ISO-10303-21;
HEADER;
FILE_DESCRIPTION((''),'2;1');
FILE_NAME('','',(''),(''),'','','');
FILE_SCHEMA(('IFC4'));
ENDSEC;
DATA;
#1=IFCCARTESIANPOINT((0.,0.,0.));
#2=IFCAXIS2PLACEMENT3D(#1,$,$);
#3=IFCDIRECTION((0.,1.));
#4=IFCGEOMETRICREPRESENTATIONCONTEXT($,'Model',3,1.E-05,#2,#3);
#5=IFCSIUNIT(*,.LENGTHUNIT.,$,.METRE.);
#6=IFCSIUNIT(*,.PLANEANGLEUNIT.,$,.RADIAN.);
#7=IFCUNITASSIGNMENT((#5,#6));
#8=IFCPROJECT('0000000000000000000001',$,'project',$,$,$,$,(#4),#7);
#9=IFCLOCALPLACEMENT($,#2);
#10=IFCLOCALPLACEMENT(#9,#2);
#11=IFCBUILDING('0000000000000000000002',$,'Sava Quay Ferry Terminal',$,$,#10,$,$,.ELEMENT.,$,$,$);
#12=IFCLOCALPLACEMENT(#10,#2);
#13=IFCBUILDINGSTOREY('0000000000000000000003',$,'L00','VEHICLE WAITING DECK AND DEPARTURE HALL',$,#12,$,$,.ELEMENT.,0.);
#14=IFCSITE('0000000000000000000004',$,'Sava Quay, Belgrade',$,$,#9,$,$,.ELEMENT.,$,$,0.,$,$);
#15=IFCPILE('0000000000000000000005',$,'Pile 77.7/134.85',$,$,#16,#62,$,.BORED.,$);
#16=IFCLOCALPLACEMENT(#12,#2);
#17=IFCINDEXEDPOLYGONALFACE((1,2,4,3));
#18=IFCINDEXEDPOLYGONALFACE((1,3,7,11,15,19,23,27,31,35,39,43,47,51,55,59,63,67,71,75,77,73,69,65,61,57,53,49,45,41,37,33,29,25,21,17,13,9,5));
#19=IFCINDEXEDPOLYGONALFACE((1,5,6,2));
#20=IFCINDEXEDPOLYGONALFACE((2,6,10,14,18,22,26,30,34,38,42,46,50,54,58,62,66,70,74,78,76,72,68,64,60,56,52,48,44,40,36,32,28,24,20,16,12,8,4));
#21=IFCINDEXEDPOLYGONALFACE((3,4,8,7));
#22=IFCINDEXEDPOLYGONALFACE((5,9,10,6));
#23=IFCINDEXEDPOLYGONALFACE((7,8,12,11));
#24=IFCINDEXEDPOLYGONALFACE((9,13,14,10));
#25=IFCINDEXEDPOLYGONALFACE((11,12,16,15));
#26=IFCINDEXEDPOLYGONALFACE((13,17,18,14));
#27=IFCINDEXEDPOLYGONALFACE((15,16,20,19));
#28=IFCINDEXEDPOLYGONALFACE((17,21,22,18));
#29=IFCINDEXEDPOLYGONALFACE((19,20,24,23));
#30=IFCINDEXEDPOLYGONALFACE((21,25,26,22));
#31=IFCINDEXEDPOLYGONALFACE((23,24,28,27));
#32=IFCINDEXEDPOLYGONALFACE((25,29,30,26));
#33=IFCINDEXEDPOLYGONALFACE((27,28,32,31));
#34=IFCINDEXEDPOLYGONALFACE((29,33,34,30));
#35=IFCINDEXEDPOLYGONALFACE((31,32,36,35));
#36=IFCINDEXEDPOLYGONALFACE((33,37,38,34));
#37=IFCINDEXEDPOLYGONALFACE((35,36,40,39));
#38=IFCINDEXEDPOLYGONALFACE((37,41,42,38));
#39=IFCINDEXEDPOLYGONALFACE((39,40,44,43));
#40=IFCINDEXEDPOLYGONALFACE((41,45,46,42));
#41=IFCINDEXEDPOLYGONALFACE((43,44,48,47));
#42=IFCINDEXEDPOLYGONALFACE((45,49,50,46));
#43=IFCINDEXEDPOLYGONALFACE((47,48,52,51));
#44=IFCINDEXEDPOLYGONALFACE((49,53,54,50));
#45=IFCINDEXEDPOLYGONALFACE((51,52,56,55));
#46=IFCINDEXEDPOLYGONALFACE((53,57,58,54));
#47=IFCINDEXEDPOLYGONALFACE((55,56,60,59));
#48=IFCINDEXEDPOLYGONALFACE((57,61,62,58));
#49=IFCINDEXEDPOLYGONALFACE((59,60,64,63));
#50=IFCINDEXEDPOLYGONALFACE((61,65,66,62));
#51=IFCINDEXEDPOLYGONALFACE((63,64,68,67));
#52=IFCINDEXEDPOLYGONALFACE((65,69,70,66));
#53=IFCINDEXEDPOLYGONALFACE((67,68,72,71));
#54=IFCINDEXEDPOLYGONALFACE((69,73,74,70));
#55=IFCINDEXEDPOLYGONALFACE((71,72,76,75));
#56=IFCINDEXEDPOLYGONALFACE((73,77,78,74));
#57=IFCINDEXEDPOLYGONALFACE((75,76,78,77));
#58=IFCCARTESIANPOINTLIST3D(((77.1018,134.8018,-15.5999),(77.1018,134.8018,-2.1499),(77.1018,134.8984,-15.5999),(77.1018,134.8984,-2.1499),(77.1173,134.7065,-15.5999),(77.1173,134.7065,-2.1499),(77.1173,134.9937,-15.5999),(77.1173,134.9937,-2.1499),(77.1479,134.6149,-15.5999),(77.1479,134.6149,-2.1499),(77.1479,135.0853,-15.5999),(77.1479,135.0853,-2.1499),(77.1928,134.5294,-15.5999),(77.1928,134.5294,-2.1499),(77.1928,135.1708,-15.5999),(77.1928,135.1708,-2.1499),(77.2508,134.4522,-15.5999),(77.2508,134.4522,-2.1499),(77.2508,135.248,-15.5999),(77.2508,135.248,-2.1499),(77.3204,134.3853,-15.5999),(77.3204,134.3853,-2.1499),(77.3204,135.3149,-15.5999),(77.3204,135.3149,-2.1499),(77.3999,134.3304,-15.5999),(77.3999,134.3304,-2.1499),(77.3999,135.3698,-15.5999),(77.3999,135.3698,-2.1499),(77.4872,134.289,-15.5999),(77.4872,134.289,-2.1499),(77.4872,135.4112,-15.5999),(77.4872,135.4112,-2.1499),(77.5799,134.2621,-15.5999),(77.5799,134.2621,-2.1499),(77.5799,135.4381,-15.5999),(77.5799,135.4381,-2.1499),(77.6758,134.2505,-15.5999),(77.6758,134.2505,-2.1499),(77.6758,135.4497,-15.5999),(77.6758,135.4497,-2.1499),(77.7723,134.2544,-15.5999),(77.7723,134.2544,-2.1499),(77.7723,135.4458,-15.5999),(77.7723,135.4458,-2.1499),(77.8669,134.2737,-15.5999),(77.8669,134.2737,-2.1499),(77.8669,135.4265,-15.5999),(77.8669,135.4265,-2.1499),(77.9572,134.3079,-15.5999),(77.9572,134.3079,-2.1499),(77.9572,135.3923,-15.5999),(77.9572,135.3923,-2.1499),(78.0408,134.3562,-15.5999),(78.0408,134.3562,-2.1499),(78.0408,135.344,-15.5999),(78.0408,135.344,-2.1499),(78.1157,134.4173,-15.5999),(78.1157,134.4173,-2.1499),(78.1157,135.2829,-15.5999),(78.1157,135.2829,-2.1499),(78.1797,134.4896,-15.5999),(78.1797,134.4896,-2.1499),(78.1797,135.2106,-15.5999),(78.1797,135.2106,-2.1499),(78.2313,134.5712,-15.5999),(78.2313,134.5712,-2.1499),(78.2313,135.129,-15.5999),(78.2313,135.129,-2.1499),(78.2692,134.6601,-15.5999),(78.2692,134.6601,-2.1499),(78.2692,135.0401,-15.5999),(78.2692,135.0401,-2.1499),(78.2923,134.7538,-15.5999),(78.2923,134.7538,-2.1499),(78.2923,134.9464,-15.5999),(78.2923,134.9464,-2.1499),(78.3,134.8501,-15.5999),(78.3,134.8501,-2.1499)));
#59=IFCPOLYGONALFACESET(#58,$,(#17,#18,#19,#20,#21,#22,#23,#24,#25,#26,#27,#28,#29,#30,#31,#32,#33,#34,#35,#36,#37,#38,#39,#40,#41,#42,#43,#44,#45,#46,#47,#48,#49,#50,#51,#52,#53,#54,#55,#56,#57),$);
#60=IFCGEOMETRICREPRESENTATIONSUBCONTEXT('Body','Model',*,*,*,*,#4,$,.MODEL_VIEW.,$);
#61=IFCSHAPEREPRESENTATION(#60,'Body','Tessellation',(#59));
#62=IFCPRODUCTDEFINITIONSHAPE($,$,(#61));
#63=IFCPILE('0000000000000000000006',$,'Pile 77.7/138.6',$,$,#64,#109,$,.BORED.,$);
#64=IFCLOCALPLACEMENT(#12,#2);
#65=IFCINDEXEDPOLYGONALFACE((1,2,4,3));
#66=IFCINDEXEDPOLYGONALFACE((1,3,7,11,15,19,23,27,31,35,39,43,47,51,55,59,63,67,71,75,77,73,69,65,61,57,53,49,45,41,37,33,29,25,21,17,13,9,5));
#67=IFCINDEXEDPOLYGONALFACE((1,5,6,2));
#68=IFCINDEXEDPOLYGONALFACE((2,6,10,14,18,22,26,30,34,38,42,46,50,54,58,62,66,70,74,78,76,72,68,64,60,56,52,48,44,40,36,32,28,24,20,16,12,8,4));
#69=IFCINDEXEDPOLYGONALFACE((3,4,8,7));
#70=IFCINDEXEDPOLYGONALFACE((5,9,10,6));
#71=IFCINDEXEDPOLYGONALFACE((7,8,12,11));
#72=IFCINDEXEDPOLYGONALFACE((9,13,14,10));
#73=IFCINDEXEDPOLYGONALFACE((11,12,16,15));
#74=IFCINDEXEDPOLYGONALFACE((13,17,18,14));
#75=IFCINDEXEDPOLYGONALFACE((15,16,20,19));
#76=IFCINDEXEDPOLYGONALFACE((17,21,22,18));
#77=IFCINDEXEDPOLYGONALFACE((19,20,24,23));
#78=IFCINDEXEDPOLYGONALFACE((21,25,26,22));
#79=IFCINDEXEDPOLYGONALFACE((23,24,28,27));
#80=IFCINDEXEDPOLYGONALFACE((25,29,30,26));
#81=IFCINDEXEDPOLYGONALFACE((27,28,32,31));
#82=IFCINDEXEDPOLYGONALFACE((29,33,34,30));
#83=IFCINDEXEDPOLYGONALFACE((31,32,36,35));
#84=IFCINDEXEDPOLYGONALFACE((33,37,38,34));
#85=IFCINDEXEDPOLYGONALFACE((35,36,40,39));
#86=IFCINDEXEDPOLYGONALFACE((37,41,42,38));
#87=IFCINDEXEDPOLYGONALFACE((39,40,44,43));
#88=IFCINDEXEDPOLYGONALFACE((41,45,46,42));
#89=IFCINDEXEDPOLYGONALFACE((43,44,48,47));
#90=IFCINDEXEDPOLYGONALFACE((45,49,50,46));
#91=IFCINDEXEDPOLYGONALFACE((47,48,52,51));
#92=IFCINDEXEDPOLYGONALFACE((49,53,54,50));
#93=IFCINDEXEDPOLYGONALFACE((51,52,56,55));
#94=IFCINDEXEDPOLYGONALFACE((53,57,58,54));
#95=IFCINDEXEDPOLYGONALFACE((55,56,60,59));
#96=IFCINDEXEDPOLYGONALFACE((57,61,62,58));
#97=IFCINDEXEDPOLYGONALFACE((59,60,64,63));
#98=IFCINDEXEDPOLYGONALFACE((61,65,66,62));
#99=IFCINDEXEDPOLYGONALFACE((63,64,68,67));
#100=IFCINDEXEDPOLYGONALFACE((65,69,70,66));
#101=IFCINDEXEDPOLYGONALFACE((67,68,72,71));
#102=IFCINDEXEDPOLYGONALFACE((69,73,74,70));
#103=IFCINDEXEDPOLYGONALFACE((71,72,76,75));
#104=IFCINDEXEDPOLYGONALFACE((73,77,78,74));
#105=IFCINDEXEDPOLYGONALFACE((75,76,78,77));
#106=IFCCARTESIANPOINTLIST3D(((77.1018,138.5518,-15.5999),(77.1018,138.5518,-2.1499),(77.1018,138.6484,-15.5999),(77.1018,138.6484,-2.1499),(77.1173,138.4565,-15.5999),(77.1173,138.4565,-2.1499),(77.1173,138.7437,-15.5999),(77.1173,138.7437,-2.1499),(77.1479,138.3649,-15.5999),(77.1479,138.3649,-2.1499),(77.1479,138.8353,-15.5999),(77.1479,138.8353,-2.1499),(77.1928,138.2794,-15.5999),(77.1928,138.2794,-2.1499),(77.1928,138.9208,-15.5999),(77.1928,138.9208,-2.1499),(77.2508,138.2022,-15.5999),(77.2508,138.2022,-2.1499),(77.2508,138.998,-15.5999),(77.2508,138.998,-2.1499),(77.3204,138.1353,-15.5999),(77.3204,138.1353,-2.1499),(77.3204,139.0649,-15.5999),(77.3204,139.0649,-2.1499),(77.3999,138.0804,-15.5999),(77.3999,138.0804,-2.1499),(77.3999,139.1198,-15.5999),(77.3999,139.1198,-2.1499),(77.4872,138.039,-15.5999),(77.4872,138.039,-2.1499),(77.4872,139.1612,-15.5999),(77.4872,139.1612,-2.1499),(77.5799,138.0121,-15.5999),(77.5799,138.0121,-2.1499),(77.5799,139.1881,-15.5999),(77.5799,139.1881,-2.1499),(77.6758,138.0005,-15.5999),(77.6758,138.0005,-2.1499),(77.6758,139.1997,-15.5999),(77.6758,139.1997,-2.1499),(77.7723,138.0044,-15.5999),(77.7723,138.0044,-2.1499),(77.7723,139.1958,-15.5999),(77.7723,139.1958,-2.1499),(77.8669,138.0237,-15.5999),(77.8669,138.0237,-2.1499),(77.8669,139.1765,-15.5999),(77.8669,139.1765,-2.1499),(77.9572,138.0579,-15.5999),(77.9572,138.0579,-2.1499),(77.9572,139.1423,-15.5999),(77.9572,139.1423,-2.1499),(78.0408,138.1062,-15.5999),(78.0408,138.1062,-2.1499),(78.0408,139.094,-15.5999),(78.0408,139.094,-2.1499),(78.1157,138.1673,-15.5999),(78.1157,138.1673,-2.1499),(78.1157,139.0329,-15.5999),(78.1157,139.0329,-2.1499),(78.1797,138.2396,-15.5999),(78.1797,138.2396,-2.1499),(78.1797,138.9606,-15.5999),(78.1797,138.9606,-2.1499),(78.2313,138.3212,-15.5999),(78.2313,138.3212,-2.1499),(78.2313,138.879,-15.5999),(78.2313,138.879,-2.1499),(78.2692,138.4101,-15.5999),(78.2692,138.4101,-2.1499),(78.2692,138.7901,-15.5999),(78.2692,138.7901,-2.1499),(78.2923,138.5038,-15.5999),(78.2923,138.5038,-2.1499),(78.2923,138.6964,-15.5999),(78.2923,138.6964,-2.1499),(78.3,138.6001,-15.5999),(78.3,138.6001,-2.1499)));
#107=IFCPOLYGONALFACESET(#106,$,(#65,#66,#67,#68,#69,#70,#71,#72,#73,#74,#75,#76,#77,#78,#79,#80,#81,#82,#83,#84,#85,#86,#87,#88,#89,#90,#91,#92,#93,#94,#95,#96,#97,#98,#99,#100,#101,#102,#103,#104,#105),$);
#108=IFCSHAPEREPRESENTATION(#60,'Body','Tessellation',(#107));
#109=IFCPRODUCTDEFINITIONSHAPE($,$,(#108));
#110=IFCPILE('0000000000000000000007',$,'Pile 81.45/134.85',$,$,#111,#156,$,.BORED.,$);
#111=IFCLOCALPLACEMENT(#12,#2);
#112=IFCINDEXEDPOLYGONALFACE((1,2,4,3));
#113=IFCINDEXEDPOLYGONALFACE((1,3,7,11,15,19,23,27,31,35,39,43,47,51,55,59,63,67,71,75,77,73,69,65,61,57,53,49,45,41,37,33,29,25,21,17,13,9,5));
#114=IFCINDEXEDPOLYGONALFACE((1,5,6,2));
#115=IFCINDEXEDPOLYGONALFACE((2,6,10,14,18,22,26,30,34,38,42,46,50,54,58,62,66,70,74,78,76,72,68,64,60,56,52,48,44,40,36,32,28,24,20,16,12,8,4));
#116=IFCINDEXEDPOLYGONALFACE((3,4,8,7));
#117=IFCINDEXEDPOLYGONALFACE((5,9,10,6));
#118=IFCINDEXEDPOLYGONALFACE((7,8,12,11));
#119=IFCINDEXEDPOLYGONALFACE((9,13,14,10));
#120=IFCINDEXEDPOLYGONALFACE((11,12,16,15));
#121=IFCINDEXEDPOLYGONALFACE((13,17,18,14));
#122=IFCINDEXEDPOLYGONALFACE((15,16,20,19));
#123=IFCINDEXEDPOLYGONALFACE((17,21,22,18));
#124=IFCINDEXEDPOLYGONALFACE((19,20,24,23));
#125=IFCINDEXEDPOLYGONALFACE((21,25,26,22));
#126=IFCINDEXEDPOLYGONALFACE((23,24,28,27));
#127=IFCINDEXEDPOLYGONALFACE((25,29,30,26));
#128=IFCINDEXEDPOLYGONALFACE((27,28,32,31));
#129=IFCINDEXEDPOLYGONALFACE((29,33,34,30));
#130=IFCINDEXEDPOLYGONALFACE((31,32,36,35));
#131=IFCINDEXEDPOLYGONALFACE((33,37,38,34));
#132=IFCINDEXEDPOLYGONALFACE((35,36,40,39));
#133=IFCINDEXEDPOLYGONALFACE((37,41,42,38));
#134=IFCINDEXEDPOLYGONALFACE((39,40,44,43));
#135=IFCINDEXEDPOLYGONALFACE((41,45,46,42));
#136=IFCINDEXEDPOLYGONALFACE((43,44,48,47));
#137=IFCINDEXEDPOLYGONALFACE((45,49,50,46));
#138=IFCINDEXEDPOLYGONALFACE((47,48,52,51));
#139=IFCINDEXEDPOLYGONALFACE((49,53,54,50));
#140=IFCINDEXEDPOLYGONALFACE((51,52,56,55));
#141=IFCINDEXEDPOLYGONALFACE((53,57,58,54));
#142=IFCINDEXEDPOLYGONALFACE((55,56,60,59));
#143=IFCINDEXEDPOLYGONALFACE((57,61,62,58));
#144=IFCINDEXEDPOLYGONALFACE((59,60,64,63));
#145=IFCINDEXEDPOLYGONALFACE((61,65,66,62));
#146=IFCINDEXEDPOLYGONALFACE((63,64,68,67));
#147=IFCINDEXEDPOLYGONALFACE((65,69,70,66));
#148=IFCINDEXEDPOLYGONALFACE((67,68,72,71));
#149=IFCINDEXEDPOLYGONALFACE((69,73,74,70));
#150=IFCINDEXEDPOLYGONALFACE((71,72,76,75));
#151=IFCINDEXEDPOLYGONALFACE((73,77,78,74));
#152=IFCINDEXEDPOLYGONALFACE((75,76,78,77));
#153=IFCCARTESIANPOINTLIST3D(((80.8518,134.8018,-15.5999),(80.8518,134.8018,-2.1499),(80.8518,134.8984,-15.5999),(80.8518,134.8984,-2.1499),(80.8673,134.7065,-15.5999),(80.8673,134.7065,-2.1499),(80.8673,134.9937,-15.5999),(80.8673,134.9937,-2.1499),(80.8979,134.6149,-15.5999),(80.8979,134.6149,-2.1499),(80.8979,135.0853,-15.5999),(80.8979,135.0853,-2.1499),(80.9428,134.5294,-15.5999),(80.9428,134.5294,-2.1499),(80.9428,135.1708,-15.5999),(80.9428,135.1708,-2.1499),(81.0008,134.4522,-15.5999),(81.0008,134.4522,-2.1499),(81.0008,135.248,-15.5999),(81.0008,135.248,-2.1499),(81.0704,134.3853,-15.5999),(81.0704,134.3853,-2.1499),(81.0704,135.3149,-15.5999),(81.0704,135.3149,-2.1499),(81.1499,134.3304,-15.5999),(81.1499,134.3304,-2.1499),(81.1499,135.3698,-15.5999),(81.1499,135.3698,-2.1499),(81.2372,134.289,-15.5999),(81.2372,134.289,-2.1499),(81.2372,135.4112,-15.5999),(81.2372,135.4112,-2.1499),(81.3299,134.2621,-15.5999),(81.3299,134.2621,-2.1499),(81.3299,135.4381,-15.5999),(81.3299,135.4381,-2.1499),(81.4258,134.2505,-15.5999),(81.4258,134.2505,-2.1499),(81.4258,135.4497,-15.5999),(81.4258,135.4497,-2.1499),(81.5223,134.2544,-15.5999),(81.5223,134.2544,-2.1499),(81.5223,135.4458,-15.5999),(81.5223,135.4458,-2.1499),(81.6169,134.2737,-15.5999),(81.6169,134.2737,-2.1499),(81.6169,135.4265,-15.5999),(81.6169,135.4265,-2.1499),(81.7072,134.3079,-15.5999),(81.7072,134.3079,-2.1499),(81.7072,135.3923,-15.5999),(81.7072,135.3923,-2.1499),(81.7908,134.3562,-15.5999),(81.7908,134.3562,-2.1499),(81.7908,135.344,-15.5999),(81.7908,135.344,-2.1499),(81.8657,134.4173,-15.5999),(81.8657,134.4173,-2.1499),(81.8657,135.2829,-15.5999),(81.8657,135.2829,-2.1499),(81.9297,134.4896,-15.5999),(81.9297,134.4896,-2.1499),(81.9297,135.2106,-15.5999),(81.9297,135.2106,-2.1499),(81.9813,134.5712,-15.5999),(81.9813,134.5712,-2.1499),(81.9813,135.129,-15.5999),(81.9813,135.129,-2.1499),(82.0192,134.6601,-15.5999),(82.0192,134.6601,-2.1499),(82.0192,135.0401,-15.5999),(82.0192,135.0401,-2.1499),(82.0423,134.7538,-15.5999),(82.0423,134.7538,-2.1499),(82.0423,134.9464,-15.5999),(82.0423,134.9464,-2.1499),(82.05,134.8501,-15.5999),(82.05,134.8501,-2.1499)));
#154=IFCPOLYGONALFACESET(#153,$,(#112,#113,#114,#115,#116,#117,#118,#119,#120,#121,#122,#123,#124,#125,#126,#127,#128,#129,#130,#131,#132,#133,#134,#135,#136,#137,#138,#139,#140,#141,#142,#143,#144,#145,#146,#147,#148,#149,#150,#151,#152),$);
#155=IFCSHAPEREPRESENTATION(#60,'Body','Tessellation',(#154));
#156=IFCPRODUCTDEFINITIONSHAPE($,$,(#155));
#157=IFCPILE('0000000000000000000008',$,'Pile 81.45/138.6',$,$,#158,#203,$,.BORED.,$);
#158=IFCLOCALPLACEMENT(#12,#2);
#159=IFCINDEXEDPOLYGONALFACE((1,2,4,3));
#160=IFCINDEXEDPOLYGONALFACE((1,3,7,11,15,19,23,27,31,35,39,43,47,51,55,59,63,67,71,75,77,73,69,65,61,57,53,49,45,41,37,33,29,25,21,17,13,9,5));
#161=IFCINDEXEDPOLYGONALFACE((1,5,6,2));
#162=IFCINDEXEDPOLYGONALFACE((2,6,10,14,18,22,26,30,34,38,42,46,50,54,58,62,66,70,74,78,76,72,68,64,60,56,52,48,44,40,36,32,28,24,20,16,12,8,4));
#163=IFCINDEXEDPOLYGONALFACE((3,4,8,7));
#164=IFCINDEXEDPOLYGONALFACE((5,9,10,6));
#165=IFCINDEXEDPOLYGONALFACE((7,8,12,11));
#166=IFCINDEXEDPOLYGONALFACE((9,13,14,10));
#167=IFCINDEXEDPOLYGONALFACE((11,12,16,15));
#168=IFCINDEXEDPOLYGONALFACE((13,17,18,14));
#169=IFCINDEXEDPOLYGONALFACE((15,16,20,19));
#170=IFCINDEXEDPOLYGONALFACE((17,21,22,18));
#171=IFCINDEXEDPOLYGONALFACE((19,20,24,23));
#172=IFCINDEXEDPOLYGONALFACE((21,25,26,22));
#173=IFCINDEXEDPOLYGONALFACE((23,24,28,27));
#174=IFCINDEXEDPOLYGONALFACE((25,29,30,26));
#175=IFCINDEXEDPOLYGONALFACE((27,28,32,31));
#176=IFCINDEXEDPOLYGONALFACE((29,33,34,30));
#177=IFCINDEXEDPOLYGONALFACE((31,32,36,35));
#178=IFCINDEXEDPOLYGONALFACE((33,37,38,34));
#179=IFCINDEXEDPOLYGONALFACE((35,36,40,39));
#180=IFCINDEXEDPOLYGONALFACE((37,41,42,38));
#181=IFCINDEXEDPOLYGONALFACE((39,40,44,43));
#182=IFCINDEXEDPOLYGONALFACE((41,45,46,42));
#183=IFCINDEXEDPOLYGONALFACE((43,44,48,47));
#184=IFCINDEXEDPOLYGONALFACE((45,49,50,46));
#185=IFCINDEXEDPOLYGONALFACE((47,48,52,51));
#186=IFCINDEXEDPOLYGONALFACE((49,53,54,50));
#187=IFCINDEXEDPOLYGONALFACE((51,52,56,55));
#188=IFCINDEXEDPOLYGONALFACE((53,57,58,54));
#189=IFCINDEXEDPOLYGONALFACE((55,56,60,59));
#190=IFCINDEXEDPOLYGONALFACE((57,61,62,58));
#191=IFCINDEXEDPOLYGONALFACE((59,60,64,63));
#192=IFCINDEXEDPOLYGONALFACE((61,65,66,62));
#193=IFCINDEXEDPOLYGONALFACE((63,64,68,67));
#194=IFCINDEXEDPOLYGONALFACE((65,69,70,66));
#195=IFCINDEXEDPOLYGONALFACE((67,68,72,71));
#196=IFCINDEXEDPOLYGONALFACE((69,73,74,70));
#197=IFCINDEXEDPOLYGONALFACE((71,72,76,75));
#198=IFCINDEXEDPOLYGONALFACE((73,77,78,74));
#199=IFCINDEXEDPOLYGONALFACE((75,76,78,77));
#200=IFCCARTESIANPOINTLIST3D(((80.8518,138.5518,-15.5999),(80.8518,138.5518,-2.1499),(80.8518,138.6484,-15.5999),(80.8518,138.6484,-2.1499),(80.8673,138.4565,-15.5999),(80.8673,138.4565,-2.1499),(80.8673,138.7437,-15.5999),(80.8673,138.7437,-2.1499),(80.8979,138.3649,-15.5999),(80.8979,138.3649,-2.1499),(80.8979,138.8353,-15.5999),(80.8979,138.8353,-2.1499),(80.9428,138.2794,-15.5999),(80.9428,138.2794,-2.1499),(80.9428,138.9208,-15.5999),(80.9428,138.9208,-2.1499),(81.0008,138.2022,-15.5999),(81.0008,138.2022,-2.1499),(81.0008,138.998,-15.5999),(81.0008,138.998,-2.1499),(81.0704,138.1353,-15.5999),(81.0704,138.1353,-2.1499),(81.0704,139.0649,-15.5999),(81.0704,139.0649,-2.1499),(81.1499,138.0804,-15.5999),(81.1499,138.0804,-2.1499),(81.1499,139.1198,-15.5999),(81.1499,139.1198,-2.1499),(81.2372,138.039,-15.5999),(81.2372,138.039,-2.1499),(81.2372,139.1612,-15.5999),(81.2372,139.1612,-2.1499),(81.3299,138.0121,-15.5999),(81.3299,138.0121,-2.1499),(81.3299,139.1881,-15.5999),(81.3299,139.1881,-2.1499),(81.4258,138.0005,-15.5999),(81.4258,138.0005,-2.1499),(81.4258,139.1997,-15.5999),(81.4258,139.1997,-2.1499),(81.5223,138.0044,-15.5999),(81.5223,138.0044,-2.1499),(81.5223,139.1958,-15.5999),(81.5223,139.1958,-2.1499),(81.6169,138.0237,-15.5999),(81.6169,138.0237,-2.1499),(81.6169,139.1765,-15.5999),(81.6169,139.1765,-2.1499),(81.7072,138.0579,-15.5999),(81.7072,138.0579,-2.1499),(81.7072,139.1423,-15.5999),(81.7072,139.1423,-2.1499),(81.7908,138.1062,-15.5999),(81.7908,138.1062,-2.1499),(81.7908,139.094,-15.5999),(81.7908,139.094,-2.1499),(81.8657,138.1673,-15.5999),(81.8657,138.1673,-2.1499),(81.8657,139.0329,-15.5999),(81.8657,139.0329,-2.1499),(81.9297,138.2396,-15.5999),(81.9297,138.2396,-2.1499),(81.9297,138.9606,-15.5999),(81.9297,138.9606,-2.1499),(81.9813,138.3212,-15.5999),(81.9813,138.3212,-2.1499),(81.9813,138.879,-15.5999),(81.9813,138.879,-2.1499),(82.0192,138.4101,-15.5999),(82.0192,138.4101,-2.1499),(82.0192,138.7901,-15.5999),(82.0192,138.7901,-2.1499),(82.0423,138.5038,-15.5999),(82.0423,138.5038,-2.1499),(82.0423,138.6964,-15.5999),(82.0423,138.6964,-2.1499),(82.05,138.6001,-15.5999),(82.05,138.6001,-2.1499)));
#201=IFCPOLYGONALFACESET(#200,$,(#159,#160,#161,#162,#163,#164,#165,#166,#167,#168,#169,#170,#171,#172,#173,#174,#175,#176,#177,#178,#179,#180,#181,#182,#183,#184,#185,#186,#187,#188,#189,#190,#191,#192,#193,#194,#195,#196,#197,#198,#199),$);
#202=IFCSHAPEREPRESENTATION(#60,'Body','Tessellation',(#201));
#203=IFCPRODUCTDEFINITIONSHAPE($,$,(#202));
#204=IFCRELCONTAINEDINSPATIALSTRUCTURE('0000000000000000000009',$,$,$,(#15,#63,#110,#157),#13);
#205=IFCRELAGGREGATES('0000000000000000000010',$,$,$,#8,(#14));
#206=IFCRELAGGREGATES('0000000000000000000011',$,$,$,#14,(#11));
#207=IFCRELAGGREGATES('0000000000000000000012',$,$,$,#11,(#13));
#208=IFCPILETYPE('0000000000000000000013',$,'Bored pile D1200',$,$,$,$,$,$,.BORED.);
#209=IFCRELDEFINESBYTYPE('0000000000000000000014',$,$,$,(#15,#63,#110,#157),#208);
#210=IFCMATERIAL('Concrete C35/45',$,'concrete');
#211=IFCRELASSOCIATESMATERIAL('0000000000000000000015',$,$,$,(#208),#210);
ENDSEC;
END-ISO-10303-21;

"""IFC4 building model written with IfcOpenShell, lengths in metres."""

from ifc_helpers import new_model, si_unit, direction, frame, origin, origin_2d, place, context, subcontext, project, spatial, circle, extrude, material, material_profile, profile_set, type_object, element, save


model = new_model("IFC4")

# Units and contexts
model_context = context("Model", 3, precision=1e-05, world=origin(), true_north=direction((0.0, 1.0)))
body_context = subcontext(model_context, "Body", "Model", "MODEL_VIEW")
ifc_project = project(units=[si_unit("LENGTHUNIT", "METRE"), si_unit("PLANEANGLEUNIT", "RADIAN")], contexts=[model_context])

# Site, building, storey
site_placement = place(None, origin())
site = spatial("IfcSite", under=ifc_project, at=site_placement, Name="Sava Quay, Belgrade", CompositionType="ELEMENT", RefElevation=0.0)
building_placement = place(site_placement, origin())
building = spatial("IfcBuilding", under=site, at=building_placement, Name="Sava Quay Ferry Terminal", CompositionType="ELEMENT")
storey_placement = place(building_placement, origin())
storey = spatial("IfcBuildingStorey", under=building, at=storey_placement, Name="L00", Description="VEHICLE WAITING DECK AND DEPARTURE HALL", CompositionType="ELEMENT", Elevation=0.0)

# Piles
ifc_material_1 = material(Name="Concrete C35/45", Category="concrete")
ifc_material_profile_1 = material_profile(ifc_material_1, circle(Radius=0.6001, at=origin_2d()), Name="Bored pile D1200")
ifc_profile_set_1 = profile_set([ifc_material_profile_1], Name="Concrete C35/45")
pile_type = type_object("IfcPileType", Name="Bored pile D1200", PredefinedType="BORED", material=ifc_profile_set_1)
for number, where, z_axis, x_axis, name in (
    (1, (77.7, 134.8501, -2.1499), (0.0, 0.0, -1.0), (1.0, 0.0, 0.0), "Pile 77.7/134.85"),
    (2, (77.7, 138.6001, -2.1499), (0.0, 0.0, -1.0), (1.0, 0.0, 0.0), "Pile 77.7/138.6"),
    (3, (81.45, 134.8501, -2.1499), (0.0, 0.0, -1.0), (1.0, 0.0, 0.0), "Pile 81.45/134.85"),
    (4, (81.45, 138.6001, -2.1499), (0.0, 0.0, -1.0), (1.0, 0.0, 0.0), "Pile 81.45/138.6"),
):
    element("IfcPile", number, at=place(storey_placement, frame(where, z_axis=z_axis, x_axis=x_axis)), inside=storey, type_object=pile_type, Name=name, PredefinedType="BORED", context=body_context, shape_type="SweptSolid", body=[
        extrude(circle(Radius=0.6001, at=origin_2d()), origin(), (0.0, 0.0, 1.0), 13.45),
    ])

save(model, "model.ifc")
